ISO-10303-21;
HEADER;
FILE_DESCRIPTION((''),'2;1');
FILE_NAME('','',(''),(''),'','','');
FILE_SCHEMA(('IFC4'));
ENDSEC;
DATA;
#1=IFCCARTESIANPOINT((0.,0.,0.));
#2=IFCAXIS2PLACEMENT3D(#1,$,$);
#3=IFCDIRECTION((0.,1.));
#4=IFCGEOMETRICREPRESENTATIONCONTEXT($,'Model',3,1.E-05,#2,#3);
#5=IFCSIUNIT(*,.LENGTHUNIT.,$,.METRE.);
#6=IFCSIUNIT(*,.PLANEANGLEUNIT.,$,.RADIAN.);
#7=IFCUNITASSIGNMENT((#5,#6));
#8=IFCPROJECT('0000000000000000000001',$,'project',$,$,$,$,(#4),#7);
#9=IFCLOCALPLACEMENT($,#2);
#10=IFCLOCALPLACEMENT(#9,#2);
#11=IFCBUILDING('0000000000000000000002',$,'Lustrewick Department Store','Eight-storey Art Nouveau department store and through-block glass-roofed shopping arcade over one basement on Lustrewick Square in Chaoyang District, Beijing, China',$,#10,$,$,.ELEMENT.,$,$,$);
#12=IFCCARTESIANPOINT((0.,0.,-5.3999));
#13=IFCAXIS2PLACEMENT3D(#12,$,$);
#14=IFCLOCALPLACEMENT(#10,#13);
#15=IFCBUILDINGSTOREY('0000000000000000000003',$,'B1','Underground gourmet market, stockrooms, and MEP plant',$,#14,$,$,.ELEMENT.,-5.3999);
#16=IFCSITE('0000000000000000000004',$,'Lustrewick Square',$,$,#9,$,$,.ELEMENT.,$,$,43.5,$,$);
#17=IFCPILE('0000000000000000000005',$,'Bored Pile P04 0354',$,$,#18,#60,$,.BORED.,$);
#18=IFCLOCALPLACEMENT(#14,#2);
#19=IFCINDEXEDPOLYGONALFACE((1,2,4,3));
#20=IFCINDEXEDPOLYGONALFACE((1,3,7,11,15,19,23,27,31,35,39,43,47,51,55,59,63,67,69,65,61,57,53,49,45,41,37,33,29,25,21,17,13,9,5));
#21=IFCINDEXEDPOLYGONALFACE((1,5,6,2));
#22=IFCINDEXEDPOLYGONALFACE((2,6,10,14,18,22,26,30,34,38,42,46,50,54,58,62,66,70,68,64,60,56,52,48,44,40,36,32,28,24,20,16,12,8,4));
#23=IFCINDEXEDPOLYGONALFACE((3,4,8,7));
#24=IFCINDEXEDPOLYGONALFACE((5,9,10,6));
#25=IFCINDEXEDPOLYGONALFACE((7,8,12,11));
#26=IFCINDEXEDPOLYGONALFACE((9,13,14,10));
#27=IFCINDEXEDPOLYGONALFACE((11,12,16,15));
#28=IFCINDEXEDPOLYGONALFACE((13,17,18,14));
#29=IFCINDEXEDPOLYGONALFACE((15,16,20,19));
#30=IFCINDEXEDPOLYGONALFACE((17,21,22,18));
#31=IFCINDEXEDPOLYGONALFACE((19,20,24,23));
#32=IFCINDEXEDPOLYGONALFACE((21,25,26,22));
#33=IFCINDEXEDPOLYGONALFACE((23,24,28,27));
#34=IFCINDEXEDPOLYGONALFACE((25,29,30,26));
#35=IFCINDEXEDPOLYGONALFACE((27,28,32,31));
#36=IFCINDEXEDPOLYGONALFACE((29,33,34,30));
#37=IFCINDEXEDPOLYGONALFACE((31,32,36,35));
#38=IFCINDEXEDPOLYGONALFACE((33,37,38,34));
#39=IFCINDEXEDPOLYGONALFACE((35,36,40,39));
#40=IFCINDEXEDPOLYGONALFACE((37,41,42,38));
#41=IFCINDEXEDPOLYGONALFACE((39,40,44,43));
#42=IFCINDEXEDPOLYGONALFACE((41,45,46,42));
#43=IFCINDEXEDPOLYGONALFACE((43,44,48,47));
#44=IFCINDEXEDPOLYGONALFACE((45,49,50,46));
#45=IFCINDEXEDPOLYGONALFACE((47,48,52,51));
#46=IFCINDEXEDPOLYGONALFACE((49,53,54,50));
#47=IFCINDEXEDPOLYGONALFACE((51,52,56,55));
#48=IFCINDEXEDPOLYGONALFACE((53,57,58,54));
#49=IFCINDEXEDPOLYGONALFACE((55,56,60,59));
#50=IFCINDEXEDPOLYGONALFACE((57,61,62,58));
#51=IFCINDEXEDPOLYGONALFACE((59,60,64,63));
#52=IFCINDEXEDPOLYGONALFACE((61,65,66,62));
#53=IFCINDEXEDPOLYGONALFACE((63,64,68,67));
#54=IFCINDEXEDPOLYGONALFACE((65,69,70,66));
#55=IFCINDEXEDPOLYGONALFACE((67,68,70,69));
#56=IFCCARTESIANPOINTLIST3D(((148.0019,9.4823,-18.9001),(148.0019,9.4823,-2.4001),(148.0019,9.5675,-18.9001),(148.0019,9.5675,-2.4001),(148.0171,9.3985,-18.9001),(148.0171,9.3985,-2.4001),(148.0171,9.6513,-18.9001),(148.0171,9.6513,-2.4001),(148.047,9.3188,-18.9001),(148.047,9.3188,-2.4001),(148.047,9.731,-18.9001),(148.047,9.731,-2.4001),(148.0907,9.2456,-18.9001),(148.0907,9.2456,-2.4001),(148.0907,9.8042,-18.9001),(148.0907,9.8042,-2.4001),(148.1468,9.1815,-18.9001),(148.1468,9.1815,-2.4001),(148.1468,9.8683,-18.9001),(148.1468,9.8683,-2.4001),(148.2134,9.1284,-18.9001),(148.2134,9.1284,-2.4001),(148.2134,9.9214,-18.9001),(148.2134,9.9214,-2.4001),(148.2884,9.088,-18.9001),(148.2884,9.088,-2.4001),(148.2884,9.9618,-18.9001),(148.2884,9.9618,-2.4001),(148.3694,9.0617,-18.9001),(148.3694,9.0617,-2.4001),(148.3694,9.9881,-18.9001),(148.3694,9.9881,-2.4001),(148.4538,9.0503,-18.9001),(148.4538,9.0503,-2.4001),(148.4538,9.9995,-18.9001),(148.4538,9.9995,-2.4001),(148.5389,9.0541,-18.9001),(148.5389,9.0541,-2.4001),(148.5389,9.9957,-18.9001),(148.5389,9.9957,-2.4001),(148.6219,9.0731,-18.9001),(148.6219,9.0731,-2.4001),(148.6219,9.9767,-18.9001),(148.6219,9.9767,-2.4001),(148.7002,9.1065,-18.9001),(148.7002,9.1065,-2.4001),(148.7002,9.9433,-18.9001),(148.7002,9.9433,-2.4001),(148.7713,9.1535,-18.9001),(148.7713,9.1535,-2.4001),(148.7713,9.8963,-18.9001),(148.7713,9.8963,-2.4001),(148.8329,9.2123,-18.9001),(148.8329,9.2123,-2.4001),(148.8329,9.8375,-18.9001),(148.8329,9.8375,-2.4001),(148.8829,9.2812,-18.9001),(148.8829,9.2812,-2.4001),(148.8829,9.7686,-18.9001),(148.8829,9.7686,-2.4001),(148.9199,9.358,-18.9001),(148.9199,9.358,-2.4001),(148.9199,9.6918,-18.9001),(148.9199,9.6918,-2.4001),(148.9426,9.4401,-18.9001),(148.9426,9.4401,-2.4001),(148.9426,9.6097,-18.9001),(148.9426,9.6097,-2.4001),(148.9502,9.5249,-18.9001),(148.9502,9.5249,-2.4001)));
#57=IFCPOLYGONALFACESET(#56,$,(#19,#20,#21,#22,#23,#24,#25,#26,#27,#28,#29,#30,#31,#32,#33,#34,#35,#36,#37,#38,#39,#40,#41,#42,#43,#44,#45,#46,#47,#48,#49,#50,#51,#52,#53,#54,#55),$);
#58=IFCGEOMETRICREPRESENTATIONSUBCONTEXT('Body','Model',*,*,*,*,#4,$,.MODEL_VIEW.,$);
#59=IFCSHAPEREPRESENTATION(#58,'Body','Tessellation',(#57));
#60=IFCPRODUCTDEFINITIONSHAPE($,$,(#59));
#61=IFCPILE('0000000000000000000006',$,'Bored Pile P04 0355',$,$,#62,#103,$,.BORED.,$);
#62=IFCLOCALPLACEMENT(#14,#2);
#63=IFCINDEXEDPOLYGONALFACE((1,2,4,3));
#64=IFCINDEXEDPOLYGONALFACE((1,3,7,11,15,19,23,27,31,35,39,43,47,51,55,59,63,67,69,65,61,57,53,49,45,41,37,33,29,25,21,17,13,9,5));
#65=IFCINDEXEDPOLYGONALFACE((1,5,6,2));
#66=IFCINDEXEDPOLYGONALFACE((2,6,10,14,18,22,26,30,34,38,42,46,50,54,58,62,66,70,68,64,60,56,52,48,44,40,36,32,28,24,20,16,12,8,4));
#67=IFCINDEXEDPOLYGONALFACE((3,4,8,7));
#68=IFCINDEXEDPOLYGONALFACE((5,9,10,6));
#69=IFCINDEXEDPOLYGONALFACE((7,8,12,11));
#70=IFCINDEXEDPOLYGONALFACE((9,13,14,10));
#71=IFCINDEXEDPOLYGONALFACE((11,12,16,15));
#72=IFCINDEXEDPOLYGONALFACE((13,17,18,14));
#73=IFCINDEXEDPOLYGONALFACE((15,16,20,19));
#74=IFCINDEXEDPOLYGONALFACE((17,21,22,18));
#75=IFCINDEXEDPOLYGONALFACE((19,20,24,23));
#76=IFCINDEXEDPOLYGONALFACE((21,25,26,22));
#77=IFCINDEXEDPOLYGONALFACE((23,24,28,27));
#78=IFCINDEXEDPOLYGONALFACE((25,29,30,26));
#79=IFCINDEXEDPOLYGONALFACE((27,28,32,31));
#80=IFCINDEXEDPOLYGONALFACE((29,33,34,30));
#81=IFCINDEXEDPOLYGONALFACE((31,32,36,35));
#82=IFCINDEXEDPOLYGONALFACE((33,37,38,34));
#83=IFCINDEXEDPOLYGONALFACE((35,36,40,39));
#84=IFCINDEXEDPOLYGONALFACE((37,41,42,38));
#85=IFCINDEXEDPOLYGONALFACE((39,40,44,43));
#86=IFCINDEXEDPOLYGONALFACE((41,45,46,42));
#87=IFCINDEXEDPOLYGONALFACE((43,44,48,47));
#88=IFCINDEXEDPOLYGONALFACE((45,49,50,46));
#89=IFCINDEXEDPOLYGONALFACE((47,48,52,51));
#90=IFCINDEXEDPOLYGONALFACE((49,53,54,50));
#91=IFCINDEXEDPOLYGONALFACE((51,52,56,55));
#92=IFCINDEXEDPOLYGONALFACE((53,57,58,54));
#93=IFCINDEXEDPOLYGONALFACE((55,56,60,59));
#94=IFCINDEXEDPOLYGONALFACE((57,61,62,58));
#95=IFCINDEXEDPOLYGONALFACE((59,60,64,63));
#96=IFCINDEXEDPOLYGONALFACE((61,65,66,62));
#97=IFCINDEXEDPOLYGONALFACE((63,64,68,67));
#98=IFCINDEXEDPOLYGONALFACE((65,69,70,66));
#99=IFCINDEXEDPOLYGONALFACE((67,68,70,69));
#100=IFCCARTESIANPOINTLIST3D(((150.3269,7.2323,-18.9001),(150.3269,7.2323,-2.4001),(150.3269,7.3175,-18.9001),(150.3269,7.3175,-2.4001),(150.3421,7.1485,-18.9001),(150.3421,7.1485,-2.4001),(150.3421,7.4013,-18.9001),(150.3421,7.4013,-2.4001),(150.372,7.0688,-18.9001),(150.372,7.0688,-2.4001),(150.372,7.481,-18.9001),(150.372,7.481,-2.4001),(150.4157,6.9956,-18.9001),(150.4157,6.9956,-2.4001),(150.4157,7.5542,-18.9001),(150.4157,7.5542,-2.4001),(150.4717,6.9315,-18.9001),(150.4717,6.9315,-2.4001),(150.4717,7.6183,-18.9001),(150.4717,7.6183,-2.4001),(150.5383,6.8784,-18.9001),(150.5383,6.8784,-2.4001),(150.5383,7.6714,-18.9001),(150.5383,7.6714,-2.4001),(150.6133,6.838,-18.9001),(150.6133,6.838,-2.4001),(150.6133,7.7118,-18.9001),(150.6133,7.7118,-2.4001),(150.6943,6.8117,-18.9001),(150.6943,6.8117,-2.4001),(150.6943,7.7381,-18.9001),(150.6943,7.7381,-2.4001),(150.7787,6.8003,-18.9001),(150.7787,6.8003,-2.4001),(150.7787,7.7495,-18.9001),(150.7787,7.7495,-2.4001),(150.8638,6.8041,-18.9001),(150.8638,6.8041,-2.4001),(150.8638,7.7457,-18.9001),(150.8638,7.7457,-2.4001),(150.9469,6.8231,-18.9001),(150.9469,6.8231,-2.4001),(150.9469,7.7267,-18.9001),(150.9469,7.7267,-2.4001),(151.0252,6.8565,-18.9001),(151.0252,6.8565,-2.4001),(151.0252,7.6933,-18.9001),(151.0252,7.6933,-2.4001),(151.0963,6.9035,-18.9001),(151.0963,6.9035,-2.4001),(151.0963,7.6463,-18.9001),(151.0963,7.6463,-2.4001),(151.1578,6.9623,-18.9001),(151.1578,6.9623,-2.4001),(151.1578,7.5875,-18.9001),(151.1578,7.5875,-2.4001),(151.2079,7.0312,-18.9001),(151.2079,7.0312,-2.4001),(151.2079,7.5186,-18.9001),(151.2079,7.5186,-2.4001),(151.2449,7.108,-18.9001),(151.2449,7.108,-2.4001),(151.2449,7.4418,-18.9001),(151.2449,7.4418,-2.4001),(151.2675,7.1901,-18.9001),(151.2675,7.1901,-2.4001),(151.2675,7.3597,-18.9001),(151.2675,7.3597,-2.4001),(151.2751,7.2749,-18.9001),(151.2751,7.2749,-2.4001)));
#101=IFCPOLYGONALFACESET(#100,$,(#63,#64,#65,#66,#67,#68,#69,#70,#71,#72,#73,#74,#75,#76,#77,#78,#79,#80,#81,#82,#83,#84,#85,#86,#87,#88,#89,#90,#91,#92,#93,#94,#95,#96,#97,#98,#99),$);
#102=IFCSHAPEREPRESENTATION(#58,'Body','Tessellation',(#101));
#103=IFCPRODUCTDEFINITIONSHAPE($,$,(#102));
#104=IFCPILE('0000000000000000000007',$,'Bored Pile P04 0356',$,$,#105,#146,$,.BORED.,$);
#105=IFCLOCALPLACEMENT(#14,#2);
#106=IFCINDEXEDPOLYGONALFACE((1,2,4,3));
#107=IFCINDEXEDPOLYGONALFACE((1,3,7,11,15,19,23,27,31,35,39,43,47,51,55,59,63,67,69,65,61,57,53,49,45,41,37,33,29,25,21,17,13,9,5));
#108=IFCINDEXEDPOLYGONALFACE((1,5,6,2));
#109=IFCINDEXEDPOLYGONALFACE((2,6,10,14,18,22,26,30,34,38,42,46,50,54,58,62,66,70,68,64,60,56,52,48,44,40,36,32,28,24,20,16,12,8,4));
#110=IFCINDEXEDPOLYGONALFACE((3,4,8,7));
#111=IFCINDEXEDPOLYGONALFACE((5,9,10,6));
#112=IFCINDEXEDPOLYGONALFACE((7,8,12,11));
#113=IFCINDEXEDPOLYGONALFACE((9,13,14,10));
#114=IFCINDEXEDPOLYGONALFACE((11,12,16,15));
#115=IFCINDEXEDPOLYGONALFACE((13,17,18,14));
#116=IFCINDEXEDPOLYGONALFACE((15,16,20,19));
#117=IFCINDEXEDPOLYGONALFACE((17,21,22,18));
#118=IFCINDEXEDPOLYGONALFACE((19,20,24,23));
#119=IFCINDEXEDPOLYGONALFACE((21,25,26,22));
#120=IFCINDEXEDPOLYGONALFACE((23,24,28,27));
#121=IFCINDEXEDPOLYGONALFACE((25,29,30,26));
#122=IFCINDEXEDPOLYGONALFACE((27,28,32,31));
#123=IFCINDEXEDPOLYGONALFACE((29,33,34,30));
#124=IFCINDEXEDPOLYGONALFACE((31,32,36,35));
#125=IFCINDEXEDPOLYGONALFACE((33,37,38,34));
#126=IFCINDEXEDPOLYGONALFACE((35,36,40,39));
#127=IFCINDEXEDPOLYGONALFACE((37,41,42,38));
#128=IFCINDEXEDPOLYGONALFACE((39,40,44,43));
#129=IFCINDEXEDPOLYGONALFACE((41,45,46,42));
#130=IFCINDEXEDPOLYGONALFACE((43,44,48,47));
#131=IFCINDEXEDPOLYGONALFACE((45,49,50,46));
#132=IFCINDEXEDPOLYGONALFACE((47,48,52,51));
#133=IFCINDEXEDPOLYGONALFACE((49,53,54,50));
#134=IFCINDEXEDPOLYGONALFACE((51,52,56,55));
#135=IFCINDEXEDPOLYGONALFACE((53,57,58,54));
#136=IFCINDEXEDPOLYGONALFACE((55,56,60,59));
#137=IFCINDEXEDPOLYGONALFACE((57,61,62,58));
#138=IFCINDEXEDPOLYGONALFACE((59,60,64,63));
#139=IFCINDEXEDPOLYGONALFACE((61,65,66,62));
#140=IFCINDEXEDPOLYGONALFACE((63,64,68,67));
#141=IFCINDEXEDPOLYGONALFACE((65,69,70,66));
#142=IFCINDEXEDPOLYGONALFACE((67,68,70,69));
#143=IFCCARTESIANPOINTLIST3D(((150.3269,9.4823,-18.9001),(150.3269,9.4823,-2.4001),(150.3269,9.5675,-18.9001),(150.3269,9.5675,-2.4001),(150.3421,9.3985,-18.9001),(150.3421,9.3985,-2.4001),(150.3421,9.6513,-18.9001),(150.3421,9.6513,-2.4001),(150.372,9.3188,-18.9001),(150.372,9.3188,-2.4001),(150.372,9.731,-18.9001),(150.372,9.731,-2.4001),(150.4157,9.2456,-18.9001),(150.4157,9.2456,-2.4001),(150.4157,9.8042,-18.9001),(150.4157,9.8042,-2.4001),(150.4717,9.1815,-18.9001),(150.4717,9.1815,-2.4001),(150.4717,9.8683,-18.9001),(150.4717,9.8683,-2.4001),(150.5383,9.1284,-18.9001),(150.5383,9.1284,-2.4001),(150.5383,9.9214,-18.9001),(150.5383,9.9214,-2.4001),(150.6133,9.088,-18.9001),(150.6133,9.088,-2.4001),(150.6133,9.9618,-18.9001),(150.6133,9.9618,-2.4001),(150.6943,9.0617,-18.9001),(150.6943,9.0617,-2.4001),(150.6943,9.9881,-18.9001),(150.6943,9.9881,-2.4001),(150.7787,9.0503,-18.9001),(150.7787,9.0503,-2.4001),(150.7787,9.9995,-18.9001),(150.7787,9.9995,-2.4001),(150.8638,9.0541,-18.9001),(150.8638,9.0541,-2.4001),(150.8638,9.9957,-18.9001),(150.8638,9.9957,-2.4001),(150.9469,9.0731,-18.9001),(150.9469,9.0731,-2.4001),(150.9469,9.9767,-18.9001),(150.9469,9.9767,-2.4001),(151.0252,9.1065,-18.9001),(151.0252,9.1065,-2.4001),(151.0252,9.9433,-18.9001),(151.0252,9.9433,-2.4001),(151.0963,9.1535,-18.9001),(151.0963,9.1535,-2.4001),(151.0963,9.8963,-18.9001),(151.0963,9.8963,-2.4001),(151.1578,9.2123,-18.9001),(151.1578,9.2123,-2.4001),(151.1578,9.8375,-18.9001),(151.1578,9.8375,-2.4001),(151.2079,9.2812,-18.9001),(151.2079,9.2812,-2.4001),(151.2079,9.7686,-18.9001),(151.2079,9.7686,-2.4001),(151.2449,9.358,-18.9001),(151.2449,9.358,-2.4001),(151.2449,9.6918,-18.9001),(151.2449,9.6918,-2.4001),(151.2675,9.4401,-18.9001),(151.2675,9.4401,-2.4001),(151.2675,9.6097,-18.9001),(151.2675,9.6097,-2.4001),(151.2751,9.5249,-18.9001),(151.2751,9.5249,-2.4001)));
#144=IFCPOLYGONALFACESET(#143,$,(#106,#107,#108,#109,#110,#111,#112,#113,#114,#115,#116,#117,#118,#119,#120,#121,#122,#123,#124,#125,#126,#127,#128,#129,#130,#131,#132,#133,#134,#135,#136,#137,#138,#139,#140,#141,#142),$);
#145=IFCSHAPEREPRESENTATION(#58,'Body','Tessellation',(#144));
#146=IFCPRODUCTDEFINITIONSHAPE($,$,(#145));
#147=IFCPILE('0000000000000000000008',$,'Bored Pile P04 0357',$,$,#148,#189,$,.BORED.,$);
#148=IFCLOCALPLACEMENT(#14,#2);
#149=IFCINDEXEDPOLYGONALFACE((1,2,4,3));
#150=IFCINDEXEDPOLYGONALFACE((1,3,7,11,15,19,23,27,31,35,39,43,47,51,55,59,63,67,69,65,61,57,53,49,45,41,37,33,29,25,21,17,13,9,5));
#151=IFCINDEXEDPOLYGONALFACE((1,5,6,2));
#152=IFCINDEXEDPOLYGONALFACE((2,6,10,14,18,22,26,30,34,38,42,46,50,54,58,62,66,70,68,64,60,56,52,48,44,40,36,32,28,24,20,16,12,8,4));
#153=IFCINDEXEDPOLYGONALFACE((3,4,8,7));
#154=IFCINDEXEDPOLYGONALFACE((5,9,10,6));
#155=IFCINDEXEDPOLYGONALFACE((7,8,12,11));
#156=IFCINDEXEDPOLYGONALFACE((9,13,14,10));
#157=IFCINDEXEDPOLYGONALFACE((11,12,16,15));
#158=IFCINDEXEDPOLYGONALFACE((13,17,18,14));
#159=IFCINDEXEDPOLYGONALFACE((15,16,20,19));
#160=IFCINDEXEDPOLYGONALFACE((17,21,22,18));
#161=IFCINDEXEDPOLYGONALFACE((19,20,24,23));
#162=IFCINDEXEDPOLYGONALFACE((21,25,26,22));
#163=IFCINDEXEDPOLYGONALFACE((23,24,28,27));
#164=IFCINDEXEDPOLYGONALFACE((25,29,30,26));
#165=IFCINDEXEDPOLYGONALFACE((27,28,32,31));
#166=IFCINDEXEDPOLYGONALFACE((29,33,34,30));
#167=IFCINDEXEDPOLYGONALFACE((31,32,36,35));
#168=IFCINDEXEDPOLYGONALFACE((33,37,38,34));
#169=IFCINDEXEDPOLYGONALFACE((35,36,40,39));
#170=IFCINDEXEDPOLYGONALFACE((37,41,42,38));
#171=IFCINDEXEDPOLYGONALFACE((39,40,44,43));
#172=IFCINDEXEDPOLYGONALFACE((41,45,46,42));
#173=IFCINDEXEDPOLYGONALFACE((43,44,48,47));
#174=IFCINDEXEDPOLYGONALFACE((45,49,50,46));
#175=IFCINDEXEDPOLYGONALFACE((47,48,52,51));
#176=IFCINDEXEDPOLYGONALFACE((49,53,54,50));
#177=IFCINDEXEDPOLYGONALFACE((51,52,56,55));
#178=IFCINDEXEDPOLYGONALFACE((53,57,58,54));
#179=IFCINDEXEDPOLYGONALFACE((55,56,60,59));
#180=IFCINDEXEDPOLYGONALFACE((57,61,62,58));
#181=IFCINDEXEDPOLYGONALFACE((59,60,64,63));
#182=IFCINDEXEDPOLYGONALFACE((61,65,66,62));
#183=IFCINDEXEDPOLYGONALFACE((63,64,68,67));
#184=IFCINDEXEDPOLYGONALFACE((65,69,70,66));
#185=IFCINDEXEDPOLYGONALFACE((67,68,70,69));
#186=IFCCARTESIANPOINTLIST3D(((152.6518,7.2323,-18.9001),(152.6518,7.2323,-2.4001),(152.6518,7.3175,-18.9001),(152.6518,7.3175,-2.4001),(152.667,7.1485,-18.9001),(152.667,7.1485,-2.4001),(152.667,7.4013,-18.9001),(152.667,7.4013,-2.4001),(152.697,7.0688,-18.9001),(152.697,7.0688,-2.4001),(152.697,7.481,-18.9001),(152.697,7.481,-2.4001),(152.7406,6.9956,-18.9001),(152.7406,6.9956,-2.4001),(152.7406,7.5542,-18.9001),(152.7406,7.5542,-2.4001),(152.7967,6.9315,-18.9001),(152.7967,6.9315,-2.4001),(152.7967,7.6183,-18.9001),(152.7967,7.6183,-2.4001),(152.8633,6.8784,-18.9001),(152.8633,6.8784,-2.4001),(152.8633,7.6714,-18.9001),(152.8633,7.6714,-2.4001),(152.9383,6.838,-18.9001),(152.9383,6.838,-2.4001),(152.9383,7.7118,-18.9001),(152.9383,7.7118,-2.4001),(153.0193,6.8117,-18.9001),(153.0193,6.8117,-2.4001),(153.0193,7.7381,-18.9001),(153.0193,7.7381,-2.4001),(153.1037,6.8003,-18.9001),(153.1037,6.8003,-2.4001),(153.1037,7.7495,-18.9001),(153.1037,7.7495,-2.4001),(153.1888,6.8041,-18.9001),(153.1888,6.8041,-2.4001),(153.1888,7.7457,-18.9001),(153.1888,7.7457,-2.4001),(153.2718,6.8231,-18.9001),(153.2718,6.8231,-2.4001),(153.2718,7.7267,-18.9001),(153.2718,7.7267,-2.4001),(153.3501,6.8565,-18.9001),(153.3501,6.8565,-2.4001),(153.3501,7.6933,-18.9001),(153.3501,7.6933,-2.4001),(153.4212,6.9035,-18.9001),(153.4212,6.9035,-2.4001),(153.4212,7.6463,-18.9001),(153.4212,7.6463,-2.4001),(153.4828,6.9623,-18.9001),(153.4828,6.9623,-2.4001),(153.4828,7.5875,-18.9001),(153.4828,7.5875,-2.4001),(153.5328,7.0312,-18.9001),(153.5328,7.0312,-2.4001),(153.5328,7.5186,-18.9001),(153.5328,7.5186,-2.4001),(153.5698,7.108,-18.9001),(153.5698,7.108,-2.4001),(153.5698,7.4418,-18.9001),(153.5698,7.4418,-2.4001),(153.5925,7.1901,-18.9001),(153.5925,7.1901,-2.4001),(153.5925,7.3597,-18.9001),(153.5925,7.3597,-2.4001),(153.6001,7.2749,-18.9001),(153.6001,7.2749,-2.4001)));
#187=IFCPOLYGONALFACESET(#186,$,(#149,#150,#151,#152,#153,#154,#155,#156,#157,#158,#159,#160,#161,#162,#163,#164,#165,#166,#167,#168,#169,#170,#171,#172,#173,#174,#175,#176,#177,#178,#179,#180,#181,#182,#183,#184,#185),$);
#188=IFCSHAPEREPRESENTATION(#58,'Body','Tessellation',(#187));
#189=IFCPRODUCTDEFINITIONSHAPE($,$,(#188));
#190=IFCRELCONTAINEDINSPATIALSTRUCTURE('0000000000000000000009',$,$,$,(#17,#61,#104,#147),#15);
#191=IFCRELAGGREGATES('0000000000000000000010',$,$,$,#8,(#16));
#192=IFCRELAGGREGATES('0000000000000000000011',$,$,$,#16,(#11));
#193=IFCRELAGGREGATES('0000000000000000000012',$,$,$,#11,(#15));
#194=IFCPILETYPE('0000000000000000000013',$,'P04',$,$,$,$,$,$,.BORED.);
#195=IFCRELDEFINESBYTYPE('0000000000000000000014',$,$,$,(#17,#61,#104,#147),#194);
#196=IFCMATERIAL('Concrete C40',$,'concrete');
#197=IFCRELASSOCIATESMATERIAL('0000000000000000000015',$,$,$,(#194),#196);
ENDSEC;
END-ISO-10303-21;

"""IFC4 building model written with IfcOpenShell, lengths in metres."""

from ifc_helpers import new_model, si_unit, direction, frame, origin, origin_2d, place, context, subcontext, project, spatial, circle, extrude, material, material_profile, profile_set, type_object, element, save


model = new_model("IFC4")

# Units and contexts
model_context = context("Model", 3, precision=1e-05, world=origin(), true_north=direction((0.0, 1.0)))
body_context = subcontext(model_context, "Body", "Model", "MODEL_VIEW")
ifc_project = project(units=[si_unit("LENGTHUNIT", "METRE"), si_unit("PLANEANGLEUNIT", "RADIAN")], contexts=[model_context])

# Site, building, storey
site_placement = place(None, origin())
site = spatial("IfcSite", under=ifc_project, at=site_placement, Name="Lustrewick Square", CompositionType="ELEMENT", RefElevation=43.5)
building_placement = place(site_placement, origin())
building = spatial("IfcBuilding", under=site, at=building_placement, Name="Lustrewick Department Store", Description="Eight-storey Art Nouveau department store and through-block glass-roofed shopping arcade over one basement on Lustrewick Square in Chaoyang District, Beijing, China", CompositionType="ELEMENT")
storey_placement = place(building_placement, frame((0.0, 0.0, -5.3999)))
storey = spatial("IfcBuildingStorey", under=building, at=storey_placement, Name="B1", Description="Underground gourmet market, stockrooms, and MEP plant", CompositionType="ELEMENT", Elevation=-5.3999)

# Piles
ifc_material_1 = material(Name="Concrete C40", Category="concrete")
ifc_material_profile_1 = material_profile(ifc_material_1, circle(Radius=0.4751, at=origin_2d()), Name="PILE D950")
ifc_profile_set_1 = profile_set([ifc_material_profile_1], Name="Concrete C40")
pile_type_1 = type_object("IfcPileType", Name="P04", PredefinedType="BORED", material=ifc_profile_set_1)
for number, where, z_axis, x_axis, name in (
    (1, (148.4751, 9.5249, -2.4001), (0.0, 0.0, -1.0), (1.0, 0.0, 0.0), "Bored Pile P04 0354"),
    (2, (150.8, 7.2749, -2.4001), (0.0, 0.0, -1.0), (1.0, 0.0, 0.0), "Bored Pile P04 0355"),
    (3, (150.8, 9.5249, -2.4001), (0.0, 0.0, -1.0), (1.0, 0.0, 0.0), "Bored Pile P04 0356"),
    (4, (153.125, 7.2749, -2.4001), (0.0, 0.0, -1.0), (1.0, 0.0, 0.0), "Bored Pile P04 0357"),
):
    element("IfcPile", number, at=place(storey_placement, frame(where, z_axis=z_axis, x_axis=x_axis)), inside=storey, type_object=pile_type_1, Name=name, PredefinedType="BORED", context=body_context, shape_type="SweptSolid", body=[
        extrude(circle(Radius=0.4751, at=origin_2d()), origin(), (0.0, 0.0, 1.0), 16.5),
    ])

save(model, "model.ifc")
